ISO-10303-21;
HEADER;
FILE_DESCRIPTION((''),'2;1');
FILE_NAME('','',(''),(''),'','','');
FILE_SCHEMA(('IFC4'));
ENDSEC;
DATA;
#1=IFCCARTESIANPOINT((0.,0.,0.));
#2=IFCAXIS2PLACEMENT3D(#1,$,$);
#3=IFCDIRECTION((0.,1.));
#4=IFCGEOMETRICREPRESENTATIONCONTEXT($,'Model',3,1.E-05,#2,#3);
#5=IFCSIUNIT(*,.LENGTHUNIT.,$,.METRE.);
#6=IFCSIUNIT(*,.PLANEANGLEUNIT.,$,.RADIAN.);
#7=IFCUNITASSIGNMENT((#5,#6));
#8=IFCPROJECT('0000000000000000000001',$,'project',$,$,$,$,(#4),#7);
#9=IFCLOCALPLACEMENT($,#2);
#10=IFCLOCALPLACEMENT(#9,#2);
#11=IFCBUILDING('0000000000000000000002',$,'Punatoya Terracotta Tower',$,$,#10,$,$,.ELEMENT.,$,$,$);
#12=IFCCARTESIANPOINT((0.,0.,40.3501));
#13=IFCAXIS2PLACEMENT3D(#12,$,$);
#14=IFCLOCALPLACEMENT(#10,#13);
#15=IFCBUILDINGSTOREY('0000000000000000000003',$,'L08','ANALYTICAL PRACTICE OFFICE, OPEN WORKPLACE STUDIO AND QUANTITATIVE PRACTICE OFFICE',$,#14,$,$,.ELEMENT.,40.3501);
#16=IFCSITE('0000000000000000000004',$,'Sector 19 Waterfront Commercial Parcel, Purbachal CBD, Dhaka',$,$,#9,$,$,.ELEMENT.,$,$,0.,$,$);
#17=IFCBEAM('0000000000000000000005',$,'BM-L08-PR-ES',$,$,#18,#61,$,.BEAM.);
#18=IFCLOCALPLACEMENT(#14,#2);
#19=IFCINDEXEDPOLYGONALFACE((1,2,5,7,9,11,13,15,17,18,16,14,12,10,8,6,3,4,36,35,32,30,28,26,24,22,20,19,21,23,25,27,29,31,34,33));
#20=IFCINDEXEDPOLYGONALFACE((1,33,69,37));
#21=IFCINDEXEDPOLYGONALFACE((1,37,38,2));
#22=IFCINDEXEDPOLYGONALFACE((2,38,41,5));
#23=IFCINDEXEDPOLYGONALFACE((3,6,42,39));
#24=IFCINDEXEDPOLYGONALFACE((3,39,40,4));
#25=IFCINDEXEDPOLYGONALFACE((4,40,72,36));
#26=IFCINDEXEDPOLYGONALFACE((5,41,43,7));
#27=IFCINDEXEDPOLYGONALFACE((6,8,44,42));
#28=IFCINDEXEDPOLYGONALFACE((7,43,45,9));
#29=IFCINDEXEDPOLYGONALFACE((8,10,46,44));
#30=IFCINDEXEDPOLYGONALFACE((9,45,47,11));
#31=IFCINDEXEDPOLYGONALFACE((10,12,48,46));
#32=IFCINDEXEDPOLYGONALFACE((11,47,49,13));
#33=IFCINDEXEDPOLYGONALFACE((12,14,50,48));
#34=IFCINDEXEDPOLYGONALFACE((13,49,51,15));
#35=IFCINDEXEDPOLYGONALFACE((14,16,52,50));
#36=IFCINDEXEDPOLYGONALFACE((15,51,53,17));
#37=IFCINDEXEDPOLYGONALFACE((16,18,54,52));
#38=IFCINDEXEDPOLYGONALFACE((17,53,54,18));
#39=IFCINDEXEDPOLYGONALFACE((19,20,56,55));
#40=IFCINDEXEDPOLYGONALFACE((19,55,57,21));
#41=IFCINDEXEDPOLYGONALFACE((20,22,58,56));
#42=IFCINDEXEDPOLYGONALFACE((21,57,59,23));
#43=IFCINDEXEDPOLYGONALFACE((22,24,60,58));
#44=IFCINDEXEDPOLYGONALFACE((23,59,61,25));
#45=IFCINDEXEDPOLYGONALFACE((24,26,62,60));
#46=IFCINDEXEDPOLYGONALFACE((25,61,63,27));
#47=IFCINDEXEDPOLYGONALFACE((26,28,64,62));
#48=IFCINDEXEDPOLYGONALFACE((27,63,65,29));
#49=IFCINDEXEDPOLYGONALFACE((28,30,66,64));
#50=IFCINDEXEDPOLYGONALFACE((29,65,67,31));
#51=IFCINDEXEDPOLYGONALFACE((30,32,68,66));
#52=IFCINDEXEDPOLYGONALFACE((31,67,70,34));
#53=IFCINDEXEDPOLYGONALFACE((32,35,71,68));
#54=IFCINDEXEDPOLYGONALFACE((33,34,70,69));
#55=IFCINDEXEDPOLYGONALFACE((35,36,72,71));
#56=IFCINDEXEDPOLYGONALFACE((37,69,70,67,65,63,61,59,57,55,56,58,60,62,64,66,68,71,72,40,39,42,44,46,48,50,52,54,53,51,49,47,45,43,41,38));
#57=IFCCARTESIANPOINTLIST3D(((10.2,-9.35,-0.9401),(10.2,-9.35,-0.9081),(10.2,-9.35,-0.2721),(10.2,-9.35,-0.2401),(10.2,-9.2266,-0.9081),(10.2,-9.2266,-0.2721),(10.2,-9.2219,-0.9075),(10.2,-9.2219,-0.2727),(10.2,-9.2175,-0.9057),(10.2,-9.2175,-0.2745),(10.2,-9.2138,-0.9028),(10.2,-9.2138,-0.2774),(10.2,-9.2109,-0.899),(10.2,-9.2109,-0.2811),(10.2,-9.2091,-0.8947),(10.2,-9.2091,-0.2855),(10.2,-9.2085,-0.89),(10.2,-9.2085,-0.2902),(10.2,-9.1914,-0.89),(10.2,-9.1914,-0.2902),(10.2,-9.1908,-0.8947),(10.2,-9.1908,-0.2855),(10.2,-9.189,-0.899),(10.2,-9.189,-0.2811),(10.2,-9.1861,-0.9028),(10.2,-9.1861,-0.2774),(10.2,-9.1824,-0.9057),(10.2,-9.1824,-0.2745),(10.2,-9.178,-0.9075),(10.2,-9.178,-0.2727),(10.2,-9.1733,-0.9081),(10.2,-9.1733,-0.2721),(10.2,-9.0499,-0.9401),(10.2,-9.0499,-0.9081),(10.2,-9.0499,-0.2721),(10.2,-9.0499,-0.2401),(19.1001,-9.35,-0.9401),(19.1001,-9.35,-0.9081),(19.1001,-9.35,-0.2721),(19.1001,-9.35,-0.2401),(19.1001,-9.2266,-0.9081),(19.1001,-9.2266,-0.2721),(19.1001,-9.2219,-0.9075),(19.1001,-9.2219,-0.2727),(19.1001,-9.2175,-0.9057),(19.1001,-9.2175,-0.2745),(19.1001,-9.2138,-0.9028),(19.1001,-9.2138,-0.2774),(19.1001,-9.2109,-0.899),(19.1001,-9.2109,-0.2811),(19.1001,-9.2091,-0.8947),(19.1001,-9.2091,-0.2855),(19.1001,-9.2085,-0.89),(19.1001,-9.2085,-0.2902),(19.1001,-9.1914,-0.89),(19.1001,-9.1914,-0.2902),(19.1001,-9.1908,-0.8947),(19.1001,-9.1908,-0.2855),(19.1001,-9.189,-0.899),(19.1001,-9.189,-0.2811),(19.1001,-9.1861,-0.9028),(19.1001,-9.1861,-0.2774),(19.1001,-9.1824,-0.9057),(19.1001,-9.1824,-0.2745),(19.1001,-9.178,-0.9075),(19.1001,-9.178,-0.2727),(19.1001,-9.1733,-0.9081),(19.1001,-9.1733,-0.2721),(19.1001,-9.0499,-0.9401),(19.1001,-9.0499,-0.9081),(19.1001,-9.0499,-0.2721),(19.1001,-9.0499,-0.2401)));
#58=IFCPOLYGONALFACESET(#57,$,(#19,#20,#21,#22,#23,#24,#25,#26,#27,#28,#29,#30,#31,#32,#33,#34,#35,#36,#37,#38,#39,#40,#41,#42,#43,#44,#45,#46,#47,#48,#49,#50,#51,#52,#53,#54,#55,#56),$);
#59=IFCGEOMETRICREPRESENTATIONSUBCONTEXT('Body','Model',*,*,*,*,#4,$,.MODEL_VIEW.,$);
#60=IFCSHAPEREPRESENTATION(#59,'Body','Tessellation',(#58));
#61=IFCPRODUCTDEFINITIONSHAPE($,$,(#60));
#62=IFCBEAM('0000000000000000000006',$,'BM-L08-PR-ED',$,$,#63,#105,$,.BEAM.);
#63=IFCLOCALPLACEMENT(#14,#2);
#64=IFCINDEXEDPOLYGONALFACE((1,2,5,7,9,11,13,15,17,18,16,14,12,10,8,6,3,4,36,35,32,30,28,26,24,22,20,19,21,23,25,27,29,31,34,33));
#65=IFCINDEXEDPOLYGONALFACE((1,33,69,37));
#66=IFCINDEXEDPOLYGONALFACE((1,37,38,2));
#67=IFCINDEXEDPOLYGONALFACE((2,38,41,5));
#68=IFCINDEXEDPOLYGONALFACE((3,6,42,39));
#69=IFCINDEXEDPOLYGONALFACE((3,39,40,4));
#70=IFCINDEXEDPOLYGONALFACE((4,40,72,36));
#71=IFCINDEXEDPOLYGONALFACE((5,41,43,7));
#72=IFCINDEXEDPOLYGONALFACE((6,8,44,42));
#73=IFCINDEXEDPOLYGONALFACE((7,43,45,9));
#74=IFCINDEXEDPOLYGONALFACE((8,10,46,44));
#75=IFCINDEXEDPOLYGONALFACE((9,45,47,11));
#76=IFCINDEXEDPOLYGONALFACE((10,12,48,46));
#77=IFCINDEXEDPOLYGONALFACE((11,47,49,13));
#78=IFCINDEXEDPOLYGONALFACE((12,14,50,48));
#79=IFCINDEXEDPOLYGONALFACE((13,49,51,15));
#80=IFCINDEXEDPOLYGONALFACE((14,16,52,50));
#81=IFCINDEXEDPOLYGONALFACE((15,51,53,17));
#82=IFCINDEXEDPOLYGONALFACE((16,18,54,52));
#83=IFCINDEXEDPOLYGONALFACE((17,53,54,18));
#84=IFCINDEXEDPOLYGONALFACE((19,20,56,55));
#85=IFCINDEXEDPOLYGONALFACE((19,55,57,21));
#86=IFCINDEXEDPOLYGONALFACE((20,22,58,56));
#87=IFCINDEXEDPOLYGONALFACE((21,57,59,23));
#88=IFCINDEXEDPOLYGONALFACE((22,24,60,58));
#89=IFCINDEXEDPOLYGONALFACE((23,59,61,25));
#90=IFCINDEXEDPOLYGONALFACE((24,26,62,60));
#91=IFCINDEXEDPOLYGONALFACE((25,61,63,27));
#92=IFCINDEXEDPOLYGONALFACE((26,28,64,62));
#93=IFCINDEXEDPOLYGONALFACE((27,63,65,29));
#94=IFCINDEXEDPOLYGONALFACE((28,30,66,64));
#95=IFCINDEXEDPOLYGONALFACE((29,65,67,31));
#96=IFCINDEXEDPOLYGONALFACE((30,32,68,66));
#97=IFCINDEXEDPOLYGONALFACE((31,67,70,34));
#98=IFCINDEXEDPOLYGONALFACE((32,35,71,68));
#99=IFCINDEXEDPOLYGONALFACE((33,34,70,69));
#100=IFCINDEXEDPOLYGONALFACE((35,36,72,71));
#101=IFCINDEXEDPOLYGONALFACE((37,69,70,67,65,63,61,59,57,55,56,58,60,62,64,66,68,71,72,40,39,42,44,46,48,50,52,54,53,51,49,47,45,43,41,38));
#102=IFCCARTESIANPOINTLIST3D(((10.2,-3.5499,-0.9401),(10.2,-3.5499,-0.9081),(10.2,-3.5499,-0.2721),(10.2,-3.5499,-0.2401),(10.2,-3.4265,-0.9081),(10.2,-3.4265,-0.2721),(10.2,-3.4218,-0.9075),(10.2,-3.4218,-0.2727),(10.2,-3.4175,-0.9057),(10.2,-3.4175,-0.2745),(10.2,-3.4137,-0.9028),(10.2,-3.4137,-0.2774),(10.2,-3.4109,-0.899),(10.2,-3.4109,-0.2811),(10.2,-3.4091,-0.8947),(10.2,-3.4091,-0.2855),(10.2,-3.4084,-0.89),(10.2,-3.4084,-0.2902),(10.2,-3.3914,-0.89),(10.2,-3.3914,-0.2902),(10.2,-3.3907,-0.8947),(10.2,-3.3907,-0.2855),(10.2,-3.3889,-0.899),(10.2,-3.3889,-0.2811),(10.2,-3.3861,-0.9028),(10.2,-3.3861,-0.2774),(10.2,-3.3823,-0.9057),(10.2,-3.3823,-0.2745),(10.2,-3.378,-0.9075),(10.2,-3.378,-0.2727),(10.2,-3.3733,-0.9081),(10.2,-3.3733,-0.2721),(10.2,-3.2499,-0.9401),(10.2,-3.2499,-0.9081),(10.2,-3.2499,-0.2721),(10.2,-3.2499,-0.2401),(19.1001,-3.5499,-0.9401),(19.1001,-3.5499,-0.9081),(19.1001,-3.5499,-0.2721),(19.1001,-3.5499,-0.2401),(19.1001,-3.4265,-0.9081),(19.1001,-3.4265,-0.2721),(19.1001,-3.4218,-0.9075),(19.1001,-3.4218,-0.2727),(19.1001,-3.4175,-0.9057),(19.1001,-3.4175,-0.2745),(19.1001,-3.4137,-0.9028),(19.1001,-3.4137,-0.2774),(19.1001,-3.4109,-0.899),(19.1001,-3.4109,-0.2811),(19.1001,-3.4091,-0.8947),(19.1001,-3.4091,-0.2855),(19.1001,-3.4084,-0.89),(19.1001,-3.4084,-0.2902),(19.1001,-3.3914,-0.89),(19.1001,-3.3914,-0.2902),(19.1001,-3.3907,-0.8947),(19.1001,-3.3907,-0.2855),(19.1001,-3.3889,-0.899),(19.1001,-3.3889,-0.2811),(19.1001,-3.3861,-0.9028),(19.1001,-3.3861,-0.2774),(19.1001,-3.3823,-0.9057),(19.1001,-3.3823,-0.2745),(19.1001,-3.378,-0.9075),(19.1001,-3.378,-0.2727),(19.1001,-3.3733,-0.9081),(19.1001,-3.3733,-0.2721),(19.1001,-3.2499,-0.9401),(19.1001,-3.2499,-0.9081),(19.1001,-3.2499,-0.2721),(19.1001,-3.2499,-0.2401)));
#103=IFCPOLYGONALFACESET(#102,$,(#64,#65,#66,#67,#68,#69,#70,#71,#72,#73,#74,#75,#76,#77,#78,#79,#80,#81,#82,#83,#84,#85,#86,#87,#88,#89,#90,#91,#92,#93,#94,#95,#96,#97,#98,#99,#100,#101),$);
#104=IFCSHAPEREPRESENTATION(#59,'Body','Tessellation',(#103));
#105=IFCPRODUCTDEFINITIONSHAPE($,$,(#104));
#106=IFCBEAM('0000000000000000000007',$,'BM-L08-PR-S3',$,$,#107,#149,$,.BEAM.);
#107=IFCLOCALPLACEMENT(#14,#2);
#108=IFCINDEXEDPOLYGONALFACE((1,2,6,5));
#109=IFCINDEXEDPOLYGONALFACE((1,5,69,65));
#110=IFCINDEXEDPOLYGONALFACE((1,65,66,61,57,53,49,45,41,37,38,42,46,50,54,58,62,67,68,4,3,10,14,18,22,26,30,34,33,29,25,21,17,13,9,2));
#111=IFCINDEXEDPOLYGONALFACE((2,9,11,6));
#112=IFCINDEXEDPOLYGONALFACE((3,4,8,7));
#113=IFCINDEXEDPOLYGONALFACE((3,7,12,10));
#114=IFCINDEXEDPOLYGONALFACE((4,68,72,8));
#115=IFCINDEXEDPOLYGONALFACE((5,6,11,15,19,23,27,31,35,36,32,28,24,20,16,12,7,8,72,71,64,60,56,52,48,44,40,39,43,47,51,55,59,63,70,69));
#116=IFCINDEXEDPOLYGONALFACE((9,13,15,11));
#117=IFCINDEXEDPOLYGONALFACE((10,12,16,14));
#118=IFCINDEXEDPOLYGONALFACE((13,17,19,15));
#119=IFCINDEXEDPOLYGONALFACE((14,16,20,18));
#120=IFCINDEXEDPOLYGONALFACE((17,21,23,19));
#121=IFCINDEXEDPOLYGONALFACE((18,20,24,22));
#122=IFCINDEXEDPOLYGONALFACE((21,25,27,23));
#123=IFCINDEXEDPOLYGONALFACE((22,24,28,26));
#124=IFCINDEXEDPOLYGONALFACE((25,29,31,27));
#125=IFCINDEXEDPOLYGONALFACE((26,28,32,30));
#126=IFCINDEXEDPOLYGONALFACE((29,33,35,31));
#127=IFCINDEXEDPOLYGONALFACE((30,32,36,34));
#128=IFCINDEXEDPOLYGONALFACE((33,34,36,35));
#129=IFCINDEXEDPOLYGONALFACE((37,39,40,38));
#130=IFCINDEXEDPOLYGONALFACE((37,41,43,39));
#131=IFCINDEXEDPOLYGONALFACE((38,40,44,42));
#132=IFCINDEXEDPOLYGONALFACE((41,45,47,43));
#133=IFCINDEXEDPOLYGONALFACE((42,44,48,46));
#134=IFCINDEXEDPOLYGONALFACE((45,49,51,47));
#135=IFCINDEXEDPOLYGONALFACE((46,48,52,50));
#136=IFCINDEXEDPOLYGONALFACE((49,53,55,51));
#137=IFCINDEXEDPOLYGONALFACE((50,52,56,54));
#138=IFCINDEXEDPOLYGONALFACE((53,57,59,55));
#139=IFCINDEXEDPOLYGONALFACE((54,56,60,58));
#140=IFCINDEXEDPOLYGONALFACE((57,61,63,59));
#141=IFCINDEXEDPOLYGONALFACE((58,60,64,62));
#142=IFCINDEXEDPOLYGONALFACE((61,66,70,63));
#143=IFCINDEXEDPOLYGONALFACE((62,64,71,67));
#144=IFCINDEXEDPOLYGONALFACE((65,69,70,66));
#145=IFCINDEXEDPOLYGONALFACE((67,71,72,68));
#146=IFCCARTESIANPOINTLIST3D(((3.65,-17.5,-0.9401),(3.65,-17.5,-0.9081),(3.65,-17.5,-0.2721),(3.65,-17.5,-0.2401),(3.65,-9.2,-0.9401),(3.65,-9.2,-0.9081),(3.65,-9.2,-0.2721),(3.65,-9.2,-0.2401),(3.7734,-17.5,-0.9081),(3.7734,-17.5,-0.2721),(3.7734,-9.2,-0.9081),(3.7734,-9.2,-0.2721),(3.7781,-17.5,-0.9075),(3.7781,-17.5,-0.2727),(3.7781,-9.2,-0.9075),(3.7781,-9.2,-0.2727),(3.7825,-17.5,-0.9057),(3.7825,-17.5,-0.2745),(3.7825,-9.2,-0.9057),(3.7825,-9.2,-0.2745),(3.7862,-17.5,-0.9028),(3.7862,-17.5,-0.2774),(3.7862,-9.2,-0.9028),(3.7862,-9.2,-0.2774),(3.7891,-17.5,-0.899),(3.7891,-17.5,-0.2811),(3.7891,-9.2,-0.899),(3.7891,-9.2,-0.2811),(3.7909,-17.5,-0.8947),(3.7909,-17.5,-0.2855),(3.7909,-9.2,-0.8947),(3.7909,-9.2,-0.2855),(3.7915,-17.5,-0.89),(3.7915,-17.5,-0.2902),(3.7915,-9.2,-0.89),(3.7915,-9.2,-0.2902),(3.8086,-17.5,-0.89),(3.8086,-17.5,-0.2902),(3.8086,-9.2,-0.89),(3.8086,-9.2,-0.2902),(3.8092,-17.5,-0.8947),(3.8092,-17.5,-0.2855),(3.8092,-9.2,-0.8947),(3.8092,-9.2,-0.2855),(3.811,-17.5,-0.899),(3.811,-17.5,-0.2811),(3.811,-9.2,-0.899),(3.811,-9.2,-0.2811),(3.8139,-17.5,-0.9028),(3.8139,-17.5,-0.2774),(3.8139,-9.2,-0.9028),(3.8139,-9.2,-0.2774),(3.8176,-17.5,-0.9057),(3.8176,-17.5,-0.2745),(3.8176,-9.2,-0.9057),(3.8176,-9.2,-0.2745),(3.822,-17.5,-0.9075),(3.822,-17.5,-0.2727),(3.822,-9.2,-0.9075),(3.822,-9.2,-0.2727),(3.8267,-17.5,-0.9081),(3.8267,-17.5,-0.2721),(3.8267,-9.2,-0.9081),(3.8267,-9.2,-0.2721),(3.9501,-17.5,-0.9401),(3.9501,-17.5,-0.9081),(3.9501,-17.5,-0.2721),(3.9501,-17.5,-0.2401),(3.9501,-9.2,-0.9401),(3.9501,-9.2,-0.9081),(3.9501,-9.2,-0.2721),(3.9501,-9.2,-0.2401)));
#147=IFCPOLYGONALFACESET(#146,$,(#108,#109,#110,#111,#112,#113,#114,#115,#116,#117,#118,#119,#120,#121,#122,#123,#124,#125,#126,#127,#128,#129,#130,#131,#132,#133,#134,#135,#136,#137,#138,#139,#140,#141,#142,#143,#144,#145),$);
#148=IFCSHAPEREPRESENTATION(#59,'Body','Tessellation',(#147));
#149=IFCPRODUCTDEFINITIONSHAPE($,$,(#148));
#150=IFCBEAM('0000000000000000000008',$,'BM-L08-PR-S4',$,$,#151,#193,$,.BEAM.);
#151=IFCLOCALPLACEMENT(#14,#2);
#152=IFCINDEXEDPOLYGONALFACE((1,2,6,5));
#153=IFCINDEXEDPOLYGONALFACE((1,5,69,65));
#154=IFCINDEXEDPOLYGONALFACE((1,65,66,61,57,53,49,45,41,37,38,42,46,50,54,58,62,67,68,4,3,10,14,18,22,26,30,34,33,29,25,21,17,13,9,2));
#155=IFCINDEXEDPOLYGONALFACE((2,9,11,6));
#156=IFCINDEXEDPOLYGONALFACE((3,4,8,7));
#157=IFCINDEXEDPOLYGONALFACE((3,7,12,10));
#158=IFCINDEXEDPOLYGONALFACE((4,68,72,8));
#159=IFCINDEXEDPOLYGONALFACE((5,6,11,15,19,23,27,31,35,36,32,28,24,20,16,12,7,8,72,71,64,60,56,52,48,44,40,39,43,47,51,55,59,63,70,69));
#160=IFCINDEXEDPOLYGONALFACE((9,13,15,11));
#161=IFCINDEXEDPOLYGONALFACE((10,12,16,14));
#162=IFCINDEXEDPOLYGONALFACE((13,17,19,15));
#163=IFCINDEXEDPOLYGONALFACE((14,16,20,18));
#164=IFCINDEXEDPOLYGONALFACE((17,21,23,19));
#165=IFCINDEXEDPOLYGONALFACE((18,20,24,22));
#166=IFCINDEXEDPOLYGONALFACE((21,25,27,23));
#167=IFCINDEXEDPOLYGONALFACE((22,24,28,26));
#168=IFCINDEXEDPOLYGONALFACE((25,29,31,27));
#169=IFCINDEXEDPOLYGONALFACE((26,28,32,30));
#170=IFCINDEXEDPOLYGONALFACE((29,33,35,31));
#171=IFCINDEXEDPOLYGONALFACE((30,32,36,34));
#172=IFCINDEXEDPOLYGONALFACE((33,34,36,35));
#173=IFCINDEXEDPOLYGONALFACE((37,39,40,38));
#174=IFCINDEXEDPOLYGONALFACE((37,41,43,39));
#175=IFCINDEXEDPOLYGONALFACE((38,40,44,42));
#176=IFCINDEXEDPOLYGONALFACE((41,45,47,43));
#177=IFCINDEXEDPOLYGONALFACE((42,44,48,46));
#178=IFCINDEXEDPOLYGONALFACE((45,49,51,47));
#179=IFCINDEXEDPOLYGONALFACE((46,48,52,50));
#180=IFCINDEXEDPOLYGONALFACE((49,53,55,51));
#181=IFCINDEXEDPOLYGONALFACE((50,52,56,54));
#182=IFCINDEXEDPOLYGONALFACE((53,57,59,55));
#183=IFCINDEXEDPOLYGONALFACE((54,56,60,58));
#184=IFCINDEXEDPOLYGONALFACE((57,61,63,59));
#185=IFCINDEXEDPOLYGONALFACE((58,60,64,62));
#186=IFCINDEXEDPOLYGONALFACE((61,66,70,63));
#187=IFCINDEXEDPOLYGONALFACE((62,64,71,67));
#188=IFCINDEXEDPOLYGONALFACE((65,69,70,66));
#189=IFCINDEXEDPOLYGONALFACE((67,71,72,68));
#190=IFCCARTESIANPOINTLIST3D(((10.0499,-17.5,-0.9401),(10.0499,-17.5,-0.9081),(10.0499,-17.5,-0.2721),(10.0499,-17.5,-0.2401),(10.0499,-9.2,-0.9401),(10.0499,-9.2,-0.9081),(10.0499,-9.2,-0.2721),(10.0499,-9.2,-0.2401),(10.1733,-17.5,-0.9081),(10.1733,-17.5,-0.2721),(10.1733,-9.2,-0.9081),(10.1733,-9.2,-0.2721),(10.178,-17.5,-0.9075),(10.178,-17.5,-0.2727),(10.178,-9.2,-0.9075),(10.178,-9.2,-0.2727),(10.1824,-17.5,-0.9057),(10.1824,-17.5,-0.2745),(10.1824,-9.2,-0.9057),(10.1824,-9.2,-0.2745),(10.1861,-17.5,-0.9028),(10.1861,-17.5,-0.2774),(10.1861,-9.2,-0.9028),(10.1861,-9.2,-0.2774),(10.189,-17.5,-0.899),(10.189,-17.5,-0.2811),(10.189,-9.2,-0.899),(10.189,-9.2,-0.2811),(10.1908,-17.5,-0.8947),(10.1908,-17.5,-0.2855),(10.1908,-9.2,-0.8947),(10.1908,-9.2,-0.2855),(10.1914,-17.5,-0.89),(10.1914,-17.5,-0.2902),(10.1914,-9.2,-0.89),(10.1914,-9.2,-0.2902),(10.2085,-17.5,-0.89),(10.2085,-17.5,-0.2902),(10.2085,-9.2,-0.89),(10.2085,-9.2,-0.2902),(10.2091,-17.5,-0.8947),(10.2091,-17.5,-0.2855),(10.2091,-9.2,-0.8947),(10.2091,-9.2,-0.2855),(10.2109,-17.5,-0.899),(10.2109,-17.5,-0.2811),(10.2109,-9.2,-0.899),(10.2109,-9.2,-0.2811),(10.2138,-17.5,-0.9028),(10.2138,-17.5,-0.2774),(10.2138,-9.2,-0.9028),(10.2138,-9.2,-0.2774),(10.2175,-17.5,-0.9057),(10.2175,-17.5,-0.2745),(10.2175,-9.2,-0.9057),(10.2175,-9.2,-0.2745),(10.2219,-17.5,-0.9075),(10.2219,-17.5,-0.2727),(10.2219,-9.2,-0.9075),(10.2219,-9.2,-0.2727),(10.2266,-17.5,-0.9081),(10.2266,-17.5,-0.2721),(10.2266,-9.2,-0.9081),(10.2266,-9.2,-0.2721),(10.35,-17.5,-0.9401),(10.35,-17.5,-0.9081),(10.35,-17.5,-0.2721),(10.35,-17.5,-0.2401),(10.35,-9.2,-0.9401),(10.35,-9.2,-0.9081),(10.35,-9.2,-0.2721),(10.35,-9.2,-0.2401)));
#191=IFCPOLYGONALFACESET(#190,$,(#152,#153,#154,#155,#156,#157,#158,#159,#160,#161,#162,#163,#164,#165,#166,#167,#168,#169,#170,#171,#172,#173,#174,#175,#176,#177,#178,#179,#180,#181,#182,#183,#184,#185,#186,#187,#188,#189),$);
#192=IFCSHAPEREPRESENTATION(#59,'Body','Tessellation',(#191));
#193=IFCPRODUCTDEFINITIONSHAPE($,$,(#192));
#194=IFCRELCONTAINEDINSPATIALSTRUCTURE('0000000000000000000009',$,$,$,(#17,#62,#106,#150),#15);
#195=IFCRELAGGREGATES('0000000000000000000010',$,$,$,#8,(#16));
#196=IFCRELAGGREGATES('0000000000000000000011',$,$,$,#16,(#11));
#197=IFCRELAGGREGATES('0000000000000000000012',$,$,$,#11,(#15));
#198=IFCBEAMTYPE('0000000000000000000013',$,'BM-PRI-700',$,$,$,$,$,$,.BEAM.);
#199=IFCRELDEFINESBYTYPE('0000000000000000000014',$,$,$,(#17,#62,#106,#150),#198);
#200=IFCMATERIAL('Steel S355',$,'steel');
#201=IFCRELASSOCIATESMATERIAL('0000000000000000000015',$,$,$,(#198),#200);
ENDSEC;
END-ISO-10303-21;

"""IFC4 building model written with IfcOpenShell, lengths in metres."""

from ifc_helpers import new_model, si_unit, direction, frame, origin, origin_2d, place, context, subcontext, project, spatial, i_section, extrude, material, material_profile, profile_set, type_object, element, save


model = new_model("IFC4")

# Units and contexts
model_context = context("Model", 3, precision=1e-05, world=origin(), true_north=direction((0.0, 1.0)))
body_context = subcontext(model_context, "Body", "Model", "MODEL_VIEW")
ifc_project = project(units=[si_unit("LENGTHUNIT", "METRE"), si_unit("PLANEANGLEUNIT", "RADIAN")], contexts=[model_context])

# Site, building, storey
site_placement = place(None, origin())
site = spatial("IfcSite", under=ifc_project, at=site_placement, Name="Sector 19 Waterfront Commercial Parcel, Purbachal CBD, Dhaka", CompositionType="ELEMENT", RefElevation=0.0)
building_placement = place(site_placement, origin())
building = spatial("IfcBuilding", under=site, at=building_placement, Name="Punatoya Terracotta Tower", CompositionType="ELEMENT")
storey_placement = place(building_placement, frame((0.0, 0.0, 40.3501)))
storey = spatial("IfcBuildingStorey", under=building, at=storey_placement, Name="L08", Description="ANALYTICAL PRACTICE OFFICE, OPEN WORKPLACE STUDIO AND QUANTITATIVE PRACTICE OFFICE", CompositionType="ELEMENT", Elevation=40.3501)

# Beams
ifc_material_1 = material(Name="Steel S355", Category="steel")
ifc_material_profile_1 = material_profile(ifc_material_1, i_section(OverallWidth=0.3, OverallDepth=0.7, WebThickness=0.0171, FlangeThickness=0.032, FilletRadius=0.0181, at=origin_2d()))
ifc_profile_set_1 = profile_set([ifc_material_profile_1], Name="Steel S355")
beam_type_1 = type_object("IfcBeamType", Name="BM-PRI-700", PredefinedType="BEAM", material=ifc_profile_set_1)
for number, where, z_axis, x_axis, name in (
    (1, (10.2, -9.2, -0.5901), (1.0, 0.0, 0.0), (0.0, 1.0, 0.0), "BM-L08-PR-ES"),
    (2, (10.2, -3.3999, -0.5901), (1.0, 0.0, 0.0), (0.0, 1.0, 0.0), "BM-L08-PR-ED"),
):
    element("IfcBeam", number, at=place(storey_placement, frame(where, z_axis=z_axis, x_axis=x_axis)), inside=storey, type_object=beam_type_1, Name=name, PredefinedType="BEAM", context=body_context, shape_type="SweptSolid", body=[
        extrude(i_section(OverallWidth=0.3, OverallDepth=0.7, WebThickness=0.0171, FlangeThickness=0.032, FilletRadius=0.0181, at=origin_2d()), origin(), (0.0, 0.0, 1.0), 8.9001),
    ])
for number, where, z_axis, x_axis, name in (
    (3, (3.8, -17.5, -0.5901), (0.0, 1.0, 0.0), (-1.0, 0.0, 0.0), "BM-L08-PR-S3"),
    (4, (10.2, -17.5, -0.5901), (0.0, 1.0, 0.0), (-1.0, 0.0, 0.0), "BM-L08-PR-S4"),
):
    element("IfcBeam", number, at=place(storey_placement, frame(where, z_axis=z_axis, x_axis=x_axis)), inside=storey, type_object=beam_type_1, Name=name, PredefinedType="BEAM", context=body_context, shape_type="SweptSolid", body=[
        extrude(i_section(OverallWidth=0.3, OverallDepth=0.7, WebThickness=0.0171, FlangeThickness=0.032, FilletRadius=0.0181, at=origin_2d()), origin(), (0.0, 0.0, 1.0), 8.3),
    ])

save(model, "model.ifc")
